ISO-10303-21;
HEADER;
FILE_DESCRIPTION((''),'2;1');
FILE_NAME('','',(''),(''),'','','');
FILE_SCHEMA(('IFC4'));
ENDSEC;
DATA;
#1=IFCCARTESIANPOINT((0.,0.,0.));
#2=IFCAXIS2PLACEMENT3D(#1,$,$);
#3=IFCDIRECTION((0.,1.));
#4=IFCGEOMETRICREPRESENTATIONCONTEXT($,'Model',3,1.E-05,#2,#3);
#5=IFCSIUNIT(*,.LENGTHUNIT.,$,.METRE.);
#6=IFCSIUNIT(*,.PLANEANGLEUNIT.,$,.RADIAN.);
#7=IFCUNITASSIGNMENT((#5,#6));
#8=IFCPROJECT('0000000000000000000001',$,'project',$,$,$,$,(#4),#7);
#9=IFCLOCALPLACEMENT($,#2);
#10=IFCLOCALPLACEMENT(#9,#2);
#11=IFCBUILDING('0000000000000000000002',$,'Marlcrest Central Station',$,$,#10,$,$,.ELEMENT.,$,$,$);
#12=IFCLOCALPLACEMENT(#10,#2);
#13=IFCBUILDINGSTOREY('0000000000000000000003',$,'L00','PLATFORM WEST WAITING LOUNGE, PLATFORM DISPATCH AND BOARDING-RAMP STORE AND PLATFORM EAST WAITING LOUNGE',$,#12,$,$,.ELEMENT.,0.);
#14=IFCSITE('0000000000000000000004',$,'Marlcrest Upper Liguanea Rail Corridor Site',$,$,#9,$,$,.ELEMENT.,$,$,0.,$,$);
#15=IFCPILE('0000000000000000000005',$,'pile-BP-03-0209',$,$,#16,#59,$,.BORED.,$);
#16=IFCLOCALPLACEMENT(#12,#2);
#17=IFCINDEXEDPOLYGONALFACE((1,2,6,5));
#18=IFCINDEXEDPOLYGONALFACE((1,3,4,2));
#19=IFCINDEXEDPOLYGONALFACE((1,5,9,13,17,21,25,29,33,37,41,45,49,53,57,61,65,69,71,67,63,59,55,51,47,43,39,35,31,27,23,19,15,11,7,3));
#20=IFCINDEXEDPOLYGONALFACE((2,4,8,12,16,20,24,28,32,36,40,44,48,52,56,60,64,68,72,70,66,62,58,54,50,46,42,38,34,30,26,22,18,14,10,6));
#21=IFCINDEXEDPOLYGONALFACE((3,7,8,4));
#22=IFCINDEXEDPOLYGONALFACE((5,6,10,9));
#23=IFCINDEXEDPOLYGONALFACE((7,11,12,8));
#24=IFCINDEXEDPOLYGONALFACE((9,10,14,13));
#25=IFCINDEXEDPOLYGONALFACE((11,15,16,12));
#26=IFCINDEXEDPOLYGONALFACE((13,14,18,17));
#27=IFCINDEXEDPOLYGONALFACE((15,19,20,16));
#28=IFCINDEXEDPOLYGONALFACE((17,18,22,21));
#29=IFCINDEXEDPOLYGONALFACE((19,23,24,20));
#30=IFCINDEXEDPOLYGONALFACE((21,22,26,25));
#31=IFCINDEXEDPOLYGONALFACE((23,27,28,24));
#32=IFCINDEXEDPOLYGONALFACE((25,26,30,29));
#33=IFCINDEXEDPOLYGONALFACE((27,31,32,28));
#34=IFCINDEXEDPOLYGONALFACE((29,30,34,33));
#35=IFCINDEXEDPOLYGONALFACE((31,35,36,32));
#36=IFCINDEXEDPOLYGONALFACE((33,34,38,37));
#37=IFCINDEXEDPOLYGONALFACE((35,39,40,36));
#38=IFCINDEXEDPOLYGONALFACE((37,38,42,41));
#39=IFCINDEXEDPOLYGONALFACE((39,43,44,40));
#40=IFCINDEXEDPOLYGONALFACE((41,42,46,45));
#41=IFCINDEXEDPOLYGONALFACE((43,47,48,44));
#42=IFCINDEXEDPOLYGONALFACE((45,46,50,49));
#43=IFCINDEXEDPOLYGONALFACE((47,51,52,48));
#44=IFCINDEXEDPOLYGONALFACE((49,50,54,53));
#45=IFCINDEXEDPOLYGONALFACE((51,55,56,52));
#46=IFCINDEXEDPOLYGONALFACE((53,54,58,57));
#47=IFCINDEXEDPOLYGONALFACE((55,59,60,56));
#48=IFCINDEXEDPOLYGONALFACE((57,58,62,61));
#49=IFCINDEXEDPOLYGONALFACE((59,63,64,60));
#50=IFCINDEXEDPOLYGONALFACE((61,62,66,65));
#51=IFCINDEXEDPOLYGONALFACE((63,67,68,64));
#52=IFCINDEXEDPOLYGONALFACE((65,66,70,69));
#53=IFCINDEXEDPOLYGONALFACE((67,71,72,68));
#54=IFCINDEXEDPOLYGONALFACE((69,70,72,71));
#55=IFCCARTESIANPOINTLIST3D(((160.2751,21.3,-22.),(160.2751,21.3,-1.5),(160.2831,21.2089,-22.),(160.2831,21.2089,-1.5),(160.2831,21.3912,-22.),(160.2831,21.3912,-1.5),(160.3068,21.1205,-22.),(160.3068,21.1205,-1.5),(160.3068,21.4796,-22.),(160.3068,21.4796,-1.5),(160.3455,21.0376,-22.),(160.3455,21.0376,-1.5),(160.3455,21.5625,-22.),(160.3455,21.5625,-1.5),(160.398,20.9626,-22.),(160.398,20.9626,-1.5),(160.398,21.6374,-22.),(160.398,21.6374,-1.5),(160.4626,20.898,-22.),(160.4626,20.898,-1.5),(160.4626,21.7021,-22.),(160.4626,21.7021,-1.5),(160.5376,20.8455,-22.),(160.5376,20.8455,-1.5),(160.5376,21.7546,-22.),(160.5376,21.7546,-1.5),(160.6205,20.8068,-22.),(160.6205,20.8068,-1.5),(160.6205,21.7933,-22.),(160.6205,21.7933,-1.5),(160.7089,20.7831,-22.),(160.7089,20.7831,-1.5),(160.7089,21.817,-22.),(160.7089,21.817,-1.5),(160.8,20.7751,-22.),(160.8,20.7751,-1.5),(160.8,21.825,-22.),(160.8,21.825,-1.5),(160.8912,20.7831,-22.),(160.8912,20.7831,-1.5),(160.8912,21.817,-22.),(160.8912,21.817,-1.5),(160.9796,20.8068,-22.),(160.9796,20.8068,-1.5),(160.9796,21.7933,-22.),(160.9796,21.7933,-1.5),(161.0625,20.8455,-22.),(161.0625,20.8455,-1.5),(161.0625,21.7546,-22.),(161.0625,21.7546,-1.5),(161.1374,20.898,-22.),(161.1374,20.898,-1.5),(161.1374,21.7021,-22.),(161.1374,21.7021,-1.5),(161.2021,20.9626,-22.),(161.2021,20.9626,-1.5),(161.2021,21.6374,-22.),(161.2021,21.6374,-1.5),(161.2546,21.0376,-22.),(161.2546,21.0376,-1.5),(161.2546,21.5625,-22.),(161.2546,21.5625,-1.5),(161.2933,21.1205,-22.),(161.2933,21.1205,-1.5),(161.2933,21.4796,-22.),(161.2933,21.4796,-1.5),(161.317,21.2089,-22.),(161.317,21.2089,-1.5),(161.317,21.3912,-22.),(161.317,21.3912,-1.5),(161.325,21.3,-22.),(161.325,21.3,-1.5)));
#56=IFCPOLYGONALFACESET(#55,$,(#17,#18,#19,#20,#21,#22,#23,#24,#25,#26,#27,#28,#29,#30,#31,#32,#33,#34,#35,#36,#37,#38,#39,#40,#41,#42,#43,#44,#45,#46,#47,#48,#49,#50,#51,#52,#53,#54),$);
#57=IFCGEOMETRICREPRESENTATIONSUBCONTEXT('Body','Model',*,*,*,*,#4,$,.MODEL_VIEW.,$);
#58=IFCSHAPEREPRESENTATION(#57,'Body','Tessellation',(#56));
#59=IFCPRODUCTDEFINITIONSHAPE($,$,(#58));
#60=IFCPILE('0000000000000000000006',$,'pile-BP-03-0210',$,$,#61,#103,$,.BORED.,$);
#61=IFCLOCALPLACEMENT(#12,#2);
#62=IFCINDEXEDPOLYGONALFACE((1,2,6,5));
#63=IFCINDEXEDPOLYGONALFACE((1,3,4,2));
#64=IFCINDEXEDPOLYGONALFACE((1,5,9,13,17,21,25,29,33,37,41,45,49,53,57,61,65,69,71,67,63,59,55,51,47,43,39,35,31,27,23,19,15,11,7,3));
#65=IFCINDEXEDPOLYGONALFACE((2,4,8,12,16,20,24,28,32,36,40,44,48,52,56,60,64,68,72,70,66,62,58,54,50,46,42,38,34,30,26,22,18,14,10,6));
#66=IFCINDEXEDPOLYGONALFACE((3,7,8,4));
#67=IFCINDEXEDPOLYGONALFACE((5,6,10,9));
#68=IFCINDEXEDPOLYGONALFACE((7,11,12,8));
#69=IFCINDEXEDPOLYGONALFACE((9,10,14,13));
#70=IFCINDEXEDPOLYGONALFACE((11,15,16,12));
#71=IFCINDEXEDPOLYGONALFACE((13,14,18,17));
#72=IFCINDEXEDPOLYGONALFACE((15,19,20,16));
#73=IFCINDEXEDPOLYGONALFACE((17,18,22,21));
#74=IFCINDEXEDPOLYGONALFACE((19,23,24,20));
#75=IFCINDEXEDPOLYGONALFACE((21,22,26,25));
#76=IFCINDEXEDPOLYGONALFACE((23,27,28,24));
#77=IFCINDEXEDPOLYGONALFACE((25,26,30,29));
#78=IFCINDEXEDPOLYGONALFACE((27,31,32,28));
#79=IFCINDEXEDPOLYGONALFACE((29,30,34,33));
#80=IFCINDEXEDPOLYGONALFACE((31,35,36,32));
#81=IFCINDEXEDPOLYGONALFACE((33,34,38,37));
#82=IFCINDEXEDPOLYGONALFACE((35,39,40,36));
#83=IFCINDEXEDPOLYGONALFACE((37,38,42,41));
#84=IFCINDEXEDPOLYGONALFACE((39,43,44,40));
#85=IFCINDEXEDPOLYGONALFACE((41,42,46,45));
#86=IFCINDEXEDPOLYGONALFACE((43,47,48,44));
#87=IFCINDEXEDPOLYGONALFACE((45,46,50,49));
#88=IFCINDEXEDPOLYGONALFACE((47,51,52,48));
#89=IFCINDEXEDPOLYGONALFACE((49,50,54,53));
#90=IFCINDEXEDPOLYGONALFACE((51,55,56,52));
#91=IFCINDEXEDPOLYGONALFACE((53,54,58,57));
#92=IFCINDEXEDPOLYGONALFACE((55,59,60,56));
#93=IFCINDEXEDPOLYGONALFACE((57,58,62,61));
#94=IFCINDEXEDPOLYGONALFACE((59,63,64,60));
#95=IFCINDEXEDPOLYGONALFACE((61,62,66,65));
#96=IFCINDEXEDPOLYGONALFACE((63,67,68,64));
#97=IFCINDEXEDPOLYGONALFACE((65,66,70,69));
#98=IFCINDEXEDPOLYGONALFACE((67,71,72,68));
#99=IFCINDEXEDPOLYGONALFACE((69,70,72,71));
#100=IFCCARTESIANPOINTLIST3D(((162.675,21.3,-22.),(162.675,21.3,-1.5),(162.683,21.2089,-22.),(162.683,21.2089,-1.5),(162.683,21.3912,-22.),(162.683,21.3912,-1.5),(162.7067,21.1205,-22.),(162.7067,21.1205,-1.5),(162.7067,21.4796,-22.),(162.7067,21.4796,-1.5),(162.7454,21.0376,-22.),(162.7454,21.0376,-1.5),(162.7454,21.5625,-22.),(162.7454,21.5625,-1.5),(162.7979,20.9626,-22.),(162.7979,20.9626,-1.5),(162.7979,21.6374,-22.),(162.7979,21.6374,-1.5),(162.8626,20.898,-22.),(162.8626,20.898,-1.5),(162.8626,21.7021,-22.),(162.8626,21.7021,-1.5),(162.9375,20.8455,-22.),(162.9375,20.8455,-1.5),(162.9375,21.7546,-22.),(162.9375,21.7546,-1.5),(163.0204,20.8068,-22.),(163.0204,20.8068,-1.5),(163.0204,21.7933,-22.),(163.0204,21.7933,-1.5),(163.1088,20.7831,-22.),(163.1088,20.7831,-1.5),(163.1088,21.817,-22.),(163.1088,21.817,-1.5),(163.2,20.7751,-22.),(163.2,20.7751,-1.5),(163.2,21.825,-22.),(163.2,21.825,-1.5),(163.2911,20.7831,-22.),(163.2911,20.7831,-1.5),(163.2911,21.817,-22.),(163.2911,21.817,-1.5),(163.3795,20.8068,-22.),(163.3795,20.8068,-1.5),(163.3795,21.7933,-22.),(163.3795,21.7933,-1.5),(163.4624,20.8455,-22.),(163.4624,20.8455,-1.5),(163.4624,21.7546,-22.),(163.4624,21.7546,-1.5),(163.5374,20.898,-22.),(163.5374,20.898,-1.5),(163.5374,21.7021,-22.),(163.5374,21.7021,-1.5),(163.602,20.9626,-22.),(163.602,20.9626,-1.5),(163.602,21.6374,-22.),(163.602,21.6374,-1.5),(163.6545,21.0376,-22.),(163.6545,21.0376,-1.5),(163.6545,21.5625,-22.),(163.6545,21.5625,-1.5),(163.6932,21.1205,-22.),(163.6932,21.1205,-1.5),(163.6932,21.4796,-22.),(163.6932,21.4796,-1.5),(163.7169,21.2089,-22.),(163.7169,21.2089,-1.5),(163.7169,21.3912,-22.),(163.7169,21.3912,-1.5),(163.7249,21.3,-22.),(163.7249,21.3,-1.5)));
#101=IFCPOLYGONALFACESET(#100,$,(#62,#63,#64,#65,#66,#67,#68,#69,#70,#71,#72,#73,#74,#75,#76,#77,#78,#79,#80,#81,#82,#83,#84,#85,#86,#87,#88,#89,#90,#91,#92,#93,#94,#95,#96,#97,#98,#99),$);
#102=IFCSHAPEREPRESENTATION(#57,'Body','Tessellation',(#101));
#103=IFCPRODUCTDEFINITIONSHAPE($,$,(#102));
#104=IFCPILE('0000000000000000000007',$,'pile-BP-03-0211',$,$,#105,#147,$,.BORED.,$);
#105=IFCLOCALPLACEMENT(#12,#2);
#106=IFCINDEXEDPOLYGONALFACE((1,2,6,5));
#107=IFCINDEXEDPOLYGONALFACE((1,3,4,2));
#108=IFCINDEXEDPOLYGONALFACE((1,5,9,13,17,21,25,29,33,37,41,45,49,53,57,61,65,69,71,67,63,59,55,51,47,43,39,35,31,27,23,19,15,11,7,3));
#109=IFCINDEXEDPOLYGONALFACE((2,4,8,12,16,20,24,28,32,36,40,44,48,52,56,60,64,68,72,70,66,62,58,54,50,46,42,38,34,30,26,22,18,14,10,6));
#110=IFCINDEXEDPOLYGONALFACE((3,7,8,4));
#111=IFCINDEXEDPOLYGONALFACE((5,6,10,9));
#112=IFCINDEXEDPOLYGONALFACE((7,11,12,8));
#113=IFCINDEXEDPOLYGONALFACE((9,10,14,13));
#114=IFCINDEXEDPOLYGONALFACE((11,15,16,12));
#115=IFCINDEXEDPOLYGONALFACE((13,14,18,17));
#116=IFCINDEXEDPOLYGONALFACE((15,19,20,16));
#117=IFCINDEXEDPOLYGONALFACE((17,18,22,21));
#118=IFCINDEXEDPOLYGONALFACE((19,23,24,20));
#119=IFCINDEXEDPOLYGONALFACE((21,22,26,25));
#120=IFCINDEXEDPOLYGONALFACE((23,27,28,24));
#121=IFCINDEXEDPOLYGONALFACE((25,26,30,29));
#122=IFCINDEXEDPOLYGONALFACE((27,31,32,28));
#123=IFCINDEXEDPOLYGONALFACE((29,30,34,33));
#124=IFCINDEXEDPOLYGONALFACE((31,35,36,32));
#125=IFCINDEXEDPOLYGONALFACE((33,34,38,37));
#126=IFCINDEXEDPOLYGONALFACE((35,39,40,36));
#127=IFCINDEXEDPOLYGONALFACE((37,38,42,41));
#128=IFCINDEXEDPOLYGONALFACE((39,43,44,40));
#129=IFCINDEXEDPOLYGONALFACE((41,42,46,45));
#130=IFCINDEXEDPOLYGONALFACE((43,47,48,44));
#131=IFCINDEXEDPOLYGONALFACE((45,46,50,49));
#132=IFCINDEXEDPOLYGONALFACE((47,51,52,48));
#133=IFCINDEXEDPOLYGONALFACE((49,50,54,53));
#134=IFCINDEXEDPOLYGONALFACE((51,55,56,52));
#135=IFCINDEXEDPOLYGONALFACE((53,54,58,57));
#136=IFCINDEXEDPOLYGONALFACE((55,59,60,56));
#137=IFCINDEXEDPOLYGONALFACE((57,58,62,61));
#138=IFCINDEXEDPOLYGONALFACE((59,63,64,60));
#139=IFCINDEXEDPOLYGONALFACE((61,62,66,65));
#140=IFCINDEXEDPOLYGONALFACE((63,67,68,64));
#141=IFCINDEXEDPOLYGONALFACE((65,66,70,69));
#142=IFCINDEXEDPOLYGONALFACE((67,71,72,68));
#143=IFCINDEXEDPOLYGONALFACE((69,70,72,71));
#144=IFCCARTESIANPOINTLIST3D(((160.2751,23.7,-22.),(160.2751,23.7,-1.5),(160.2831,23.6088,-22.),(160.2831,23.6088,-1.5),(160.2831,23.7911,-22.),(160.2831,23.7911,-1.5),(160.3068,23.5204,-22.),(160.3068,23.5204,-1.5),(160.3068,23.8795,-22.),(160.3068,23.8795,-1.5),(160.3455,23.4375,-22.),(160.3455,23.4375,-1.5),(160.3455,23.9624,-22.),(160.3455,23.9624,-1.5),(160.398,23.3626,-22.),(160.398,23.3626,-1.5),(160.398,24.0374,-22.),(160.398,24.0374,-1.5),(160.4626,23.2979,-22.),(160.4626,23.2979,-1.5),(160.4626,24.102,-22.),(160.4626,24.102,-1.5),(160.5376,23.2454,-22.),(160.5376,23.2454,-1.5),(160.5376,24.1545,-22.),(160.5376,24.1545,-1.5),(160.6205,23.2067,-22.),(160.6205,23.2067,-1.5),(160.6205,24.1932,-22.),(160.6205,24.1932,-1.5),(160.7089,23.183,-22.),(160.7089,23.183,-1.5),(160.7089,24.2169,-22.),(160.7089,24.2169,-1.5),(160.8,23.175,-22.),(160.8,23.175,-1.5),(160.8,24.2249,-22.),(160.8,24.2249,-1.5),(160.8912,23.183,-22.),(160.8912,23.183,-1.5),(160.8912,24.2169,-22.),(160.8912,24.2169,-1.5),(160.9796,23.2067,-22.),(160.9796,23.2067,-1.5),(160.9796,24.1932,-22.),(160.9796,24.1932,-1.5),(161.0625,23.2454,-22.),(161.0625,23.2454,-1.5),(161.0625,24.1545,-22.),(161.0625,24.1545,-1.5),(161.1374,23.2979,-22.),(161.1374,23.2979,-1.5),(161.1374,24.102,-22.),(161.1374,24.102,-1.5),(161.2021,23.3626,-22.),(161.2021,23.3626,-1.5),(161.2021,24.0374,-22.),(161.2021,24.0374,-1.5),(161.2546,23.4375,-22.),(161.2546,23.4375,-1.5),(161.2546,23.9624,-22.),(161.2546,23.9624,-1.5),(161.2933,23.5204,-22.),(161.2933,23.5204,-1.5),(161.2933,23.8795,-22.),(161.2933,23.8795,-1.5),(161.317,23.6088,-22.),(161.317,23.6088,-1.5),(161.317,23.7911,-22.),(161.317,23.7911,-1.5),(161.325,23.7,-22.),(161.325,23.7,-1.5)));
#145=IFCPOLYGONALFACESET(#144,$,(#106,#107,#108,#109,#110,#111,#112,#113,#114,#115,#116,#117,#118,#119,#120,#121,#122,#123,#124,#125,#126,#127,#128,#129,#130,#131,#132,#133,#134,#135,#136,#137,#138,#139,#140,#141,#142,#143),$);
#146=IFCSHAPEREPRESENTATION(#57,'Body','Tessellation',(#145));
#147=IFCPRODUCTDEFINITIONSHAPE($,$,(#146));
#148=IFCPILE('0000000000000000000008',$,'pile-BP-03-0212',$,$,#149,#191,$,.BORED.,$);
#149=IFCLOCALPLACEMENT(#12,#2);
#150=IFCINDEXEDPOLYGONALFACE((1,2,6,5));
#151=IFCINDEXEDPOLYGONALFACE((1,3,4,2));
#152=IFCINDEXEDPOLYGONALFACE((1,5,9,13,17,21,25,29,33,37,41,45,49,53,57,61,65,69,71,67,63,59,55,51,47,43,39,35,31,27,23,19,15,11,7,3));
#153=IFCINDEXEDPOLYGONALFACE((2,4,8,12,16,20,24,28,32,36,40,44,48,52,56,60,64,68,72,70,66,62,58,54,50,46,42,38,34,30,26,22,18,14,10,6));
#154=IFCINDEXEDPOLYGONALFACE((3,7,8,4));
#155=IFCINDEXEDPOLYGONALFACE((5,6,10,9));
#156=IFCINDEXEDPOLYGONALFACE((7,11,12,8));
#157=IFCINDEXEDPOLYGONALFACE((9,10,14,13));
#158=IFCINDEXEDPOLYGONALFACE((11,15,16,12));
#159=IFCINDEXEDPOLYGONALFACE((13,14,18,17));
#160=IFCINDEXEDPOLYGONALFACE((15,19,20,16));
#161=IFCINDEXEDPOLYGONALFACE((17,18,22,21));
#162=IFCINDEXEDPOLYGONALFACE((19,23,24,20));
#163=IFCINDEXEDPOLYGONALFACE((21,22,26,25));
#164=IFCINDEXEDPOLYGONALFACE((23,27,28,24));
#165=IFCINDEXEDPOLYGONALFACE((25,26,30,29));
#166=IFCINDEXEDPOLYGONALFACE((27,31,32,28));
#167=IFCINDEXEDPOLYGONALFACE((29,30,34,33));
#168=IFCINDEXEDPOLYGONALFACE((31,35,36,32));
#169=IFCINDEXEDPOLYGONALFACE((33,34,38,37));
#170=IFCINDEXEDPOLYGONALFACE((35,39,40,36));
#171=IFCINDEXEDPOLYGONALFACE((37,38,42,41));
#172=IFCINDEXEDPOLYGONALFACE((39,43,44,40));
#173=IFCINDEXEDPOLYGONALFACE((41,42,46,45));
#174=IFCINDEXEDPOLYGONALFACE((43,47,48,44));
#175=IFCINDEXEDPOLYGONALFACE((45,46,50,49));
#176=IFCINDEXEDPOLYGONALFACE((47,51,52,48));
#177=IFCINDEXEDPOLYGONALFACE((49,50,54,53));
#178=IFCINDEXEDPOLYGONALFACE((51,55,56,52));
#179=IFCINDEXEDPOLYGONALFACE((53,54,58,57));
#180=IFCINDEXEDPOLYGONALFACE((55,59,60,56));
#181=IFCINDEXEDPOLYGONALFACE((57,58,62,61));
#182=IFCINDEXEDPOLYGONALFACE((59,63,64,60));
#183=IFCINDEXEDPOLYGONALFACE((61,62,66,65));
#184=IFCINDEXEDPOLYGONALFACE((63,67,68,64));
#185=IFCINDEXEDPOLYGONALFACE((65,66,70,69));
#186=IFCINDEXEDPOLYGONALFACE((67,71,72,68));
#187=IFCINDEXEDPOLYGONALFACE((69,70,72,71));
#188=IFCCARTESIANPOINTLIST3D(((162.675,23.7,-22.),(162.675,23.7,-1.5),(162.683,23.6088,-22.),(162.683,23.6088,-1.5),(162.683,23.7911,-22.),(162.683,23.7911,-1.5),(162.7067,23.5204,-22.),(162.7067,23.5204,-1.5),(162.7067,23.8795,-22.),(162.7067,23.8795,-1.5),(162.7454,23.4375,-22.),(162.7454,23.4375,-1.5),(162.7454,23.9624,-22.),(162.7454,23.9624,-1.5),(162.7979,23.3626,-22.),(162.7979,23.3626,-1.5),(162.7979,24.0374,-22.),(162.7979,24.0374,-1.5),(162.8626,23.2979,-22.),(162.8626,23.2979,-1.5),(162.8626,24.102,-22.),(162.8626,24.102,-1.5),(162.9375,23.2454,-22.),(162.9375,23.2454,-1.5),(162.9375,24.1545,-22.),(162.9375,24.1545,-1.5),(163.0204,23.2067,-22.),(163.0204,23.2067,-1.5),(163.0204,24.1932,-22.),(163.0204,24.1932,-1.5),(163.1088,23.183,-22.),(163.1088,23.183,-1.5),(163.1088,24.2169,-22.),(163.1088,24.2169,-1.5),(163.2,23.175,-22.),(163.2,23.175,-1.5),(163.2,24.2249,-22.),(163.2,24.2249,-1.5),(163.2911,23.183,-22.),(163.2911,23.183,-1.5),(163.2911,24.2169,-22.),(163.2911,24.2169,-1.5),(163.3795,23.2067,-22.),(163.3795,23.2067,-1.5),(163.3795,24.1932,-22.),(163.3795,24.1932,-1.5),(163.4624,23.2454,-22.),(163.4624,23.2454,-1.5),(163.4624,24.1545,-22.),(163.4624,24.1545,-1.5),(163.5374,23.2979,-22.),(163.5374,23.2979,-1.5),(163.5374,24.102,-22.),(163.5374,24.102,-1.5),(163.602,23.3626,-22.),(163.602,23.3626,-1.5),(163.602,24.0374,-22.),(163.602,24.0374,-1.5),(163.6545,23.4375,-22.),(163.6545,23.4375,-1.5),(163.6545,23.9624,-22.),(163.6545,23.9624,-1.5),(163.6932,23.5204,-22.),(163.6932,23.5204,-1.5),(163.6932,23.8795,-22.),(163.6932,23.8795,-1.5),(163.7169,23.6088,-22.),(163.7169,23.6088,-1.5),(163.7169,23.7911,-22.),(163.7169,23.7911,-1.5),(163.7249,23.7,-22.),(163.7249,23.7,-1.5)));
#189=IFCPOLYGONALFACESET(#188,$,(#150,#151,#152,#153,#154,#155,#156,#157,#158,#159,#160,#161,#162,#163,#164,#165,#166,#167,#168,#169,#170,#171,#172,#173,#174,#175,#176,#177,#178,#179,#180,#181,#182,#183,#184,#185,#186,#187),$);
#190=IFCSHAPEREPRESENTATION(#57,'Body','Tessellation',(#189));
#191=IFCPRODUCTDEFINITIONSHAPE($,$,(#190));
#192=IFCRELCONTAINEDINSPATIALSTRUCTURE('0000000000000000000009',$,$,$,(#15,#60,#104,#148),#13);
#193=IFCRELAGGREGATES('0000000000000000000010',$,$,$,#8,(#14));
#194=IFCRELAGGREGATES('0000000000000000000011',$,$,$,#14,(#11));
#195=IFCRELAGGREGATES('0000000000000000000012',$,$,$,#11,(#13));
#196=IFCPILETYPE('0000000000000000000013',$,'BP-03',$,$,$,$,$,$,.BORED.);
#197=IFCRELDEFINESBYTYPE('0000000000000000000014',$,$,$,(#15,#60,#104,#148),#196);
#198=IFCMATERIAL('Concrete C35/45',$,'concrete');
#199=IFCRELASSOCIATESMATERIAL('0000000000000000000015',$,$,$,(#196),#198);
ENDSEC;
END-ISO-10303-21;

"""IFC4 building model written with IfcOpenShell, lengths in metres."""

from ifc_helpers import new_model, si_unit, direction, frame, origin, origin_2d, place, context, subcontext, project, spatial, circle, extrude, material, material_profile, profile_set, type_object, element, save


model = new_model("IFC4")

# Units and contexts
model_context = context("Model", 3, precision=1e-05, world=origin(), true_north=direction((0.0, 1.0)))
body_context = subcontext(model_context, "Body", "Model", "MODEL_VIEW")
ifc_project = project(units=[si_unit("LENGTHUNIT", "METRE"), si_unit("PLANEANGLEUNIT", "RADIAN")], contexts=[model_context])

# Site, building, storey
site_placement = place(None, origin())
site = spatial("IfcSite", under=ifc_project, at=site_placement, Name="Marlcrest Upper Liguanea Rail Corridor Site", CompositionType="ELEMENT", RefElevation=0.0)
building_placement = place(site_placement, origin())
building = spatial("IfcBuilding", under=site, at=building_placement, Name="Marlcrest Central Station", CompositionType="ELEMENT")
storey_placement = place(building_placement, origin())
storey = spatial("IfcBuildingStorey", under=building, at=storey_placement, Name="L00", Description="PLATFORM WEST WAITING LOUNGE, PLATFORM DISPATCH AND BOARDING-RAMP STORE AND PLATFORM EAST WAITING LOUNGE", CompositionType="ELEMENT", Elevation=0.0)

# Piles
ifc_material_1 = material(Name="Concrete C35/45", Category="concrete")
ifc_material_profile_1 = material_profile(ifc_material_1, circle(Radius=0.5249, at=origin_2d()), Name="PILE D1050")
ifc_profile_set_1 = profile_set([ifc_material_profile_1], Name="Concrete C35/45")
pile_type = type_object("IfcPileType", Name="BP-03", PredefinedType="BORED", material=ifc_profile_set_1)
for number, where, z_axis, x_axis, name in (
    (1, (160.8, 21.3, -1.5), (0.0, 0.0, -1.0), (1.0, 0.0, 0.0), "pile-BP-03-0209"),
    (2, (163.2, 21.3, -1.5), (0.0, 0.0, -1.0), (1.0, 0.0, 0.0), "pile-BP-03-0210"),
    (3, (160.8, 23.7, -1.5), (0.0, 0.0, -1.0), (1.0, 0.0, 0.0), "pile-BP-03-0211"),
    (4, (163.2, 23.7, -1.5), (0.0, 0.0, -1.0), (1.0, 0.0, 0.0), "pile-BP-03-0212"),
):
    element("IfcPile", number, at=place(storey_placement, frame(where, z_axis=z_axis, x_axis=x_axis)), inside=storey, type_object=pile_type, Name=name, PredefinedType="BORED", context=body_context, shape_type="SweptSolid", body=[
        extrude(circle(Radius=0.5249, at=origin_2d()), origin(), (0.0, 0.0, 1.0), 20.5),
    ])

save(model, "model.ifc")
